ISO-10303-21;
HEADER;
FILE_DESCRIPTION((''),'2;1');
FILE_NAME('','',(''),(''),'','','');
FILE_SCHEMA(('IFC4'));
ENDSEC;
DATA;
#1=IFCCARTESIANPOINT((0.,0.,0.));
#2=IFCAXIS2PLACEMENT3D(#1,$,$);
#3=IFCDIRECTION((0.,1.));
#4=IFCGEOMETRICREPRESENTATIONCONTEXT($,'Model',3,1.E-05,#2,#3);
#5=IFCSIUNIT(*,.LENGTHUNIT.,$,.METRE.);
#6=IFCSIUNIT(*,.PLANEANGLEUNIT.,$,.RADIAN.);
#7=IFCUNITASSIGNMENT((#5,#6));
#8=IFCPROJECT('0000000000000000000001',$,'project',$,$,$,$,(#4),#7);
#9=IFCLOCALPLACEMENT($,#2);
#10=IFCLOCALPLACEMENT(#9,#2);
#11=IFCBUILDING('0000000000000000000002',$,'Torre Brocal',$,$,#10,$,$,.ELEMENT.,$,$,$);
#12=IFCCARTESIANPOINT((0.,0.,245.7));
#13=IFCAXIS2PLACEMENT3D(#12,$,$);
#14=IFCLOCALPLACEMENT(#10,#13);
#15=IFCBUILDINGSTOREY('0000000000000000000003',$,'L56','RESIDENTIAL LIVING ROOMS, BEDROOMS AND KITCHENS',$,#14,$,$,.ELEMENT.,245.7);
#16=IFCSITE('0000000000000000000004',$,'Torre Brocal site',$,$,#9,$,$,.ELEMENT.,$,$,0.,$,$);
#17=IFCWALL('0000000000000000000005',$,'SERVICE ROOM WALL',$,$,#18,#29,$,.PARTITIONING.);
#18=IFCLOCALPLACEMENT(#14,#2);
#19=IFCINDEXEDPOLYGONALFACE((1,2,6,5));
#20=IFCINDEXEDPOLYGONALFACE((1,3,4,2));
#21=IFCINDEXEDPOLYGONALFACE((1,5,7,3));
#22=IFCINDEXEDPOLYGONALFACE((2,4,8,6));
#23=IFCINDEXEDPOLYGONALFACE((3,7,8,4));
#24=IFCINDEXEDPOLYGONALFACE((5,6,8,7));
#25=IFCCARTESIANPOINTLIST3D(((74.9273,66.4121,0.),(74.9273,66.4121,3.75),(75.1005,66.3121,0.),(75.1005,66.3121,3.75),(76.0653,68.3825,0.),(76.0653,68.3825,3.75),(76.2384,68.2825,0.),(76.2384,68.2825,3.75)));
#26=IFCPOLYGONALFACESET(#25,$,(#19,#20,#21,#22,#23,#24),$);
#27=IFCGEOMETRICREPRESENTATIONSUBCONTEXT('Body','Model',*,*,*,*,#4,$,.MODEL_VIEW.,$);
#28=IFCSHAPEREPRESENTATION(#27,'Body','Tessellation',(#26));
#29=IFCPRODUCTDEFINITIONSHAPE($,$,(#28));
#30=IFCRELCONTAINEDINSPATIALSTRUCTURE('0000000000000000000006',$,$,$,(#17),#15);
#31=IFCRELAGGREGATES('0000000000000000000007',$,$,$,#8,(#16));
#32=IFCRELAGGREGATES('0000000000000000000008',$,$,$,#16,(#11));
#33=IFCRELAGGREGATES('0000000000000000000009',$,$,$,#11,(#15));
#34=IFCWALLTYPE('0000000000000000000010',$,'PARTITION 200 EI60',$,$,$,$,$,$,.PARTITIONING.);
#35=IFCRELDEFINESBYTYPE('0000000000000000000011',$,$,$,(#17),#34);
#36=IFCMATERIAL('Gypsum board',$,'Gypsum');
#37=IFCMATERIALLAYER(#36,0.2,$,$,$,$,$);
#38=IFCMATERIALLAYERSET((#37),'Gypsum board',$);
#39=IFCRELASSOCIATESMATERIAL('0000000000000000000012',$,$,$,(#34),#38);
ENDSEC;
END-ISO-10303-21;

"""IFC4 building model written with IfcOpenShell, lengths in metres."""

from ifc_helpers import new_model, si_unit, direction, frame, frame_2d, origin, place, context, subcontext, project, spatial, rectangle, extrude, material, layer, layer_set, type_object, element, save


model = new_model("IFC4")

# Units and contexts
model_context = context("Model", 3, precision=1e-05, world=origin(), true_north=direction((0.0, 1.0)))
body_context = subcontext(model_context, "Body", "Model", "MODEL_VIEW")
ifc_project = project(units=[si_unit("LENGTHUNIT", "METRE"), si_unit("PLANEANGLEUNIT", "RADIAN")], contexts=[model_context])

# Site, building, storey
site_placement = place(None, origin())
site = spatial("IfcSite", under=ifc_project, at=site_placement, Name="Torre Brocal site", CompositionType="ELEMENT", RefElevation=0.0)
building_placement = place(site_placement, origin())
building = spatial("IfcBuilding", under=site, at=building_placement, Name="Torre Brocal", CompositionType="ELEMENT")
storey_placement = place(building_placement, frame((0.0, 0.0, 245.7)))
storey = spatial("IfcBuildingStorey", under=building, at=storey_placement, Name="L56", Description="RESIDENTIAL LIVING ROOMS, BEDROOMS AND KITCHENS", CompositionType="ELEMENT", Elevation=245.7)

# Shared definitions
ifc_material_1 = material(Name="Gypsum board", Category="Gypsum")
ifc_layer_1 = layer(ifc_material_1, 0.2)
ifc_layer_set_1 = layer_set([ifc_layer_1], Name="Gypsum board")
wall_type_1 = type_object("IfcWallType", Name="PARTITION 200 EI60", PredefinedType="PARTITIONING", material=ifc_layer_set_1)

# Wall
wall_1_placement = place(storey_placement, frame((75.0139, 66.3621, 0.0), z_axis=(0.0, 0.0, 1.0), x_axis=(0.500097, 0.865969, 0.0)))
element("IfcWall", 1, at=wall_1_placement, inside=storey, type_object=wall_type_1, Name="SERVICE ROOM WALL", PredefinedType="PARTITIONING", context=body_context, shape_type="SweptSolid", body=[
    extrude(rectangle(XDim=2.2754, YDim=0.2, at=frame_2d((1.1377, 0.0))), origin(), (0.0, 0.0, 1.0), 3.75),
])

save(model, "model.ifc")
